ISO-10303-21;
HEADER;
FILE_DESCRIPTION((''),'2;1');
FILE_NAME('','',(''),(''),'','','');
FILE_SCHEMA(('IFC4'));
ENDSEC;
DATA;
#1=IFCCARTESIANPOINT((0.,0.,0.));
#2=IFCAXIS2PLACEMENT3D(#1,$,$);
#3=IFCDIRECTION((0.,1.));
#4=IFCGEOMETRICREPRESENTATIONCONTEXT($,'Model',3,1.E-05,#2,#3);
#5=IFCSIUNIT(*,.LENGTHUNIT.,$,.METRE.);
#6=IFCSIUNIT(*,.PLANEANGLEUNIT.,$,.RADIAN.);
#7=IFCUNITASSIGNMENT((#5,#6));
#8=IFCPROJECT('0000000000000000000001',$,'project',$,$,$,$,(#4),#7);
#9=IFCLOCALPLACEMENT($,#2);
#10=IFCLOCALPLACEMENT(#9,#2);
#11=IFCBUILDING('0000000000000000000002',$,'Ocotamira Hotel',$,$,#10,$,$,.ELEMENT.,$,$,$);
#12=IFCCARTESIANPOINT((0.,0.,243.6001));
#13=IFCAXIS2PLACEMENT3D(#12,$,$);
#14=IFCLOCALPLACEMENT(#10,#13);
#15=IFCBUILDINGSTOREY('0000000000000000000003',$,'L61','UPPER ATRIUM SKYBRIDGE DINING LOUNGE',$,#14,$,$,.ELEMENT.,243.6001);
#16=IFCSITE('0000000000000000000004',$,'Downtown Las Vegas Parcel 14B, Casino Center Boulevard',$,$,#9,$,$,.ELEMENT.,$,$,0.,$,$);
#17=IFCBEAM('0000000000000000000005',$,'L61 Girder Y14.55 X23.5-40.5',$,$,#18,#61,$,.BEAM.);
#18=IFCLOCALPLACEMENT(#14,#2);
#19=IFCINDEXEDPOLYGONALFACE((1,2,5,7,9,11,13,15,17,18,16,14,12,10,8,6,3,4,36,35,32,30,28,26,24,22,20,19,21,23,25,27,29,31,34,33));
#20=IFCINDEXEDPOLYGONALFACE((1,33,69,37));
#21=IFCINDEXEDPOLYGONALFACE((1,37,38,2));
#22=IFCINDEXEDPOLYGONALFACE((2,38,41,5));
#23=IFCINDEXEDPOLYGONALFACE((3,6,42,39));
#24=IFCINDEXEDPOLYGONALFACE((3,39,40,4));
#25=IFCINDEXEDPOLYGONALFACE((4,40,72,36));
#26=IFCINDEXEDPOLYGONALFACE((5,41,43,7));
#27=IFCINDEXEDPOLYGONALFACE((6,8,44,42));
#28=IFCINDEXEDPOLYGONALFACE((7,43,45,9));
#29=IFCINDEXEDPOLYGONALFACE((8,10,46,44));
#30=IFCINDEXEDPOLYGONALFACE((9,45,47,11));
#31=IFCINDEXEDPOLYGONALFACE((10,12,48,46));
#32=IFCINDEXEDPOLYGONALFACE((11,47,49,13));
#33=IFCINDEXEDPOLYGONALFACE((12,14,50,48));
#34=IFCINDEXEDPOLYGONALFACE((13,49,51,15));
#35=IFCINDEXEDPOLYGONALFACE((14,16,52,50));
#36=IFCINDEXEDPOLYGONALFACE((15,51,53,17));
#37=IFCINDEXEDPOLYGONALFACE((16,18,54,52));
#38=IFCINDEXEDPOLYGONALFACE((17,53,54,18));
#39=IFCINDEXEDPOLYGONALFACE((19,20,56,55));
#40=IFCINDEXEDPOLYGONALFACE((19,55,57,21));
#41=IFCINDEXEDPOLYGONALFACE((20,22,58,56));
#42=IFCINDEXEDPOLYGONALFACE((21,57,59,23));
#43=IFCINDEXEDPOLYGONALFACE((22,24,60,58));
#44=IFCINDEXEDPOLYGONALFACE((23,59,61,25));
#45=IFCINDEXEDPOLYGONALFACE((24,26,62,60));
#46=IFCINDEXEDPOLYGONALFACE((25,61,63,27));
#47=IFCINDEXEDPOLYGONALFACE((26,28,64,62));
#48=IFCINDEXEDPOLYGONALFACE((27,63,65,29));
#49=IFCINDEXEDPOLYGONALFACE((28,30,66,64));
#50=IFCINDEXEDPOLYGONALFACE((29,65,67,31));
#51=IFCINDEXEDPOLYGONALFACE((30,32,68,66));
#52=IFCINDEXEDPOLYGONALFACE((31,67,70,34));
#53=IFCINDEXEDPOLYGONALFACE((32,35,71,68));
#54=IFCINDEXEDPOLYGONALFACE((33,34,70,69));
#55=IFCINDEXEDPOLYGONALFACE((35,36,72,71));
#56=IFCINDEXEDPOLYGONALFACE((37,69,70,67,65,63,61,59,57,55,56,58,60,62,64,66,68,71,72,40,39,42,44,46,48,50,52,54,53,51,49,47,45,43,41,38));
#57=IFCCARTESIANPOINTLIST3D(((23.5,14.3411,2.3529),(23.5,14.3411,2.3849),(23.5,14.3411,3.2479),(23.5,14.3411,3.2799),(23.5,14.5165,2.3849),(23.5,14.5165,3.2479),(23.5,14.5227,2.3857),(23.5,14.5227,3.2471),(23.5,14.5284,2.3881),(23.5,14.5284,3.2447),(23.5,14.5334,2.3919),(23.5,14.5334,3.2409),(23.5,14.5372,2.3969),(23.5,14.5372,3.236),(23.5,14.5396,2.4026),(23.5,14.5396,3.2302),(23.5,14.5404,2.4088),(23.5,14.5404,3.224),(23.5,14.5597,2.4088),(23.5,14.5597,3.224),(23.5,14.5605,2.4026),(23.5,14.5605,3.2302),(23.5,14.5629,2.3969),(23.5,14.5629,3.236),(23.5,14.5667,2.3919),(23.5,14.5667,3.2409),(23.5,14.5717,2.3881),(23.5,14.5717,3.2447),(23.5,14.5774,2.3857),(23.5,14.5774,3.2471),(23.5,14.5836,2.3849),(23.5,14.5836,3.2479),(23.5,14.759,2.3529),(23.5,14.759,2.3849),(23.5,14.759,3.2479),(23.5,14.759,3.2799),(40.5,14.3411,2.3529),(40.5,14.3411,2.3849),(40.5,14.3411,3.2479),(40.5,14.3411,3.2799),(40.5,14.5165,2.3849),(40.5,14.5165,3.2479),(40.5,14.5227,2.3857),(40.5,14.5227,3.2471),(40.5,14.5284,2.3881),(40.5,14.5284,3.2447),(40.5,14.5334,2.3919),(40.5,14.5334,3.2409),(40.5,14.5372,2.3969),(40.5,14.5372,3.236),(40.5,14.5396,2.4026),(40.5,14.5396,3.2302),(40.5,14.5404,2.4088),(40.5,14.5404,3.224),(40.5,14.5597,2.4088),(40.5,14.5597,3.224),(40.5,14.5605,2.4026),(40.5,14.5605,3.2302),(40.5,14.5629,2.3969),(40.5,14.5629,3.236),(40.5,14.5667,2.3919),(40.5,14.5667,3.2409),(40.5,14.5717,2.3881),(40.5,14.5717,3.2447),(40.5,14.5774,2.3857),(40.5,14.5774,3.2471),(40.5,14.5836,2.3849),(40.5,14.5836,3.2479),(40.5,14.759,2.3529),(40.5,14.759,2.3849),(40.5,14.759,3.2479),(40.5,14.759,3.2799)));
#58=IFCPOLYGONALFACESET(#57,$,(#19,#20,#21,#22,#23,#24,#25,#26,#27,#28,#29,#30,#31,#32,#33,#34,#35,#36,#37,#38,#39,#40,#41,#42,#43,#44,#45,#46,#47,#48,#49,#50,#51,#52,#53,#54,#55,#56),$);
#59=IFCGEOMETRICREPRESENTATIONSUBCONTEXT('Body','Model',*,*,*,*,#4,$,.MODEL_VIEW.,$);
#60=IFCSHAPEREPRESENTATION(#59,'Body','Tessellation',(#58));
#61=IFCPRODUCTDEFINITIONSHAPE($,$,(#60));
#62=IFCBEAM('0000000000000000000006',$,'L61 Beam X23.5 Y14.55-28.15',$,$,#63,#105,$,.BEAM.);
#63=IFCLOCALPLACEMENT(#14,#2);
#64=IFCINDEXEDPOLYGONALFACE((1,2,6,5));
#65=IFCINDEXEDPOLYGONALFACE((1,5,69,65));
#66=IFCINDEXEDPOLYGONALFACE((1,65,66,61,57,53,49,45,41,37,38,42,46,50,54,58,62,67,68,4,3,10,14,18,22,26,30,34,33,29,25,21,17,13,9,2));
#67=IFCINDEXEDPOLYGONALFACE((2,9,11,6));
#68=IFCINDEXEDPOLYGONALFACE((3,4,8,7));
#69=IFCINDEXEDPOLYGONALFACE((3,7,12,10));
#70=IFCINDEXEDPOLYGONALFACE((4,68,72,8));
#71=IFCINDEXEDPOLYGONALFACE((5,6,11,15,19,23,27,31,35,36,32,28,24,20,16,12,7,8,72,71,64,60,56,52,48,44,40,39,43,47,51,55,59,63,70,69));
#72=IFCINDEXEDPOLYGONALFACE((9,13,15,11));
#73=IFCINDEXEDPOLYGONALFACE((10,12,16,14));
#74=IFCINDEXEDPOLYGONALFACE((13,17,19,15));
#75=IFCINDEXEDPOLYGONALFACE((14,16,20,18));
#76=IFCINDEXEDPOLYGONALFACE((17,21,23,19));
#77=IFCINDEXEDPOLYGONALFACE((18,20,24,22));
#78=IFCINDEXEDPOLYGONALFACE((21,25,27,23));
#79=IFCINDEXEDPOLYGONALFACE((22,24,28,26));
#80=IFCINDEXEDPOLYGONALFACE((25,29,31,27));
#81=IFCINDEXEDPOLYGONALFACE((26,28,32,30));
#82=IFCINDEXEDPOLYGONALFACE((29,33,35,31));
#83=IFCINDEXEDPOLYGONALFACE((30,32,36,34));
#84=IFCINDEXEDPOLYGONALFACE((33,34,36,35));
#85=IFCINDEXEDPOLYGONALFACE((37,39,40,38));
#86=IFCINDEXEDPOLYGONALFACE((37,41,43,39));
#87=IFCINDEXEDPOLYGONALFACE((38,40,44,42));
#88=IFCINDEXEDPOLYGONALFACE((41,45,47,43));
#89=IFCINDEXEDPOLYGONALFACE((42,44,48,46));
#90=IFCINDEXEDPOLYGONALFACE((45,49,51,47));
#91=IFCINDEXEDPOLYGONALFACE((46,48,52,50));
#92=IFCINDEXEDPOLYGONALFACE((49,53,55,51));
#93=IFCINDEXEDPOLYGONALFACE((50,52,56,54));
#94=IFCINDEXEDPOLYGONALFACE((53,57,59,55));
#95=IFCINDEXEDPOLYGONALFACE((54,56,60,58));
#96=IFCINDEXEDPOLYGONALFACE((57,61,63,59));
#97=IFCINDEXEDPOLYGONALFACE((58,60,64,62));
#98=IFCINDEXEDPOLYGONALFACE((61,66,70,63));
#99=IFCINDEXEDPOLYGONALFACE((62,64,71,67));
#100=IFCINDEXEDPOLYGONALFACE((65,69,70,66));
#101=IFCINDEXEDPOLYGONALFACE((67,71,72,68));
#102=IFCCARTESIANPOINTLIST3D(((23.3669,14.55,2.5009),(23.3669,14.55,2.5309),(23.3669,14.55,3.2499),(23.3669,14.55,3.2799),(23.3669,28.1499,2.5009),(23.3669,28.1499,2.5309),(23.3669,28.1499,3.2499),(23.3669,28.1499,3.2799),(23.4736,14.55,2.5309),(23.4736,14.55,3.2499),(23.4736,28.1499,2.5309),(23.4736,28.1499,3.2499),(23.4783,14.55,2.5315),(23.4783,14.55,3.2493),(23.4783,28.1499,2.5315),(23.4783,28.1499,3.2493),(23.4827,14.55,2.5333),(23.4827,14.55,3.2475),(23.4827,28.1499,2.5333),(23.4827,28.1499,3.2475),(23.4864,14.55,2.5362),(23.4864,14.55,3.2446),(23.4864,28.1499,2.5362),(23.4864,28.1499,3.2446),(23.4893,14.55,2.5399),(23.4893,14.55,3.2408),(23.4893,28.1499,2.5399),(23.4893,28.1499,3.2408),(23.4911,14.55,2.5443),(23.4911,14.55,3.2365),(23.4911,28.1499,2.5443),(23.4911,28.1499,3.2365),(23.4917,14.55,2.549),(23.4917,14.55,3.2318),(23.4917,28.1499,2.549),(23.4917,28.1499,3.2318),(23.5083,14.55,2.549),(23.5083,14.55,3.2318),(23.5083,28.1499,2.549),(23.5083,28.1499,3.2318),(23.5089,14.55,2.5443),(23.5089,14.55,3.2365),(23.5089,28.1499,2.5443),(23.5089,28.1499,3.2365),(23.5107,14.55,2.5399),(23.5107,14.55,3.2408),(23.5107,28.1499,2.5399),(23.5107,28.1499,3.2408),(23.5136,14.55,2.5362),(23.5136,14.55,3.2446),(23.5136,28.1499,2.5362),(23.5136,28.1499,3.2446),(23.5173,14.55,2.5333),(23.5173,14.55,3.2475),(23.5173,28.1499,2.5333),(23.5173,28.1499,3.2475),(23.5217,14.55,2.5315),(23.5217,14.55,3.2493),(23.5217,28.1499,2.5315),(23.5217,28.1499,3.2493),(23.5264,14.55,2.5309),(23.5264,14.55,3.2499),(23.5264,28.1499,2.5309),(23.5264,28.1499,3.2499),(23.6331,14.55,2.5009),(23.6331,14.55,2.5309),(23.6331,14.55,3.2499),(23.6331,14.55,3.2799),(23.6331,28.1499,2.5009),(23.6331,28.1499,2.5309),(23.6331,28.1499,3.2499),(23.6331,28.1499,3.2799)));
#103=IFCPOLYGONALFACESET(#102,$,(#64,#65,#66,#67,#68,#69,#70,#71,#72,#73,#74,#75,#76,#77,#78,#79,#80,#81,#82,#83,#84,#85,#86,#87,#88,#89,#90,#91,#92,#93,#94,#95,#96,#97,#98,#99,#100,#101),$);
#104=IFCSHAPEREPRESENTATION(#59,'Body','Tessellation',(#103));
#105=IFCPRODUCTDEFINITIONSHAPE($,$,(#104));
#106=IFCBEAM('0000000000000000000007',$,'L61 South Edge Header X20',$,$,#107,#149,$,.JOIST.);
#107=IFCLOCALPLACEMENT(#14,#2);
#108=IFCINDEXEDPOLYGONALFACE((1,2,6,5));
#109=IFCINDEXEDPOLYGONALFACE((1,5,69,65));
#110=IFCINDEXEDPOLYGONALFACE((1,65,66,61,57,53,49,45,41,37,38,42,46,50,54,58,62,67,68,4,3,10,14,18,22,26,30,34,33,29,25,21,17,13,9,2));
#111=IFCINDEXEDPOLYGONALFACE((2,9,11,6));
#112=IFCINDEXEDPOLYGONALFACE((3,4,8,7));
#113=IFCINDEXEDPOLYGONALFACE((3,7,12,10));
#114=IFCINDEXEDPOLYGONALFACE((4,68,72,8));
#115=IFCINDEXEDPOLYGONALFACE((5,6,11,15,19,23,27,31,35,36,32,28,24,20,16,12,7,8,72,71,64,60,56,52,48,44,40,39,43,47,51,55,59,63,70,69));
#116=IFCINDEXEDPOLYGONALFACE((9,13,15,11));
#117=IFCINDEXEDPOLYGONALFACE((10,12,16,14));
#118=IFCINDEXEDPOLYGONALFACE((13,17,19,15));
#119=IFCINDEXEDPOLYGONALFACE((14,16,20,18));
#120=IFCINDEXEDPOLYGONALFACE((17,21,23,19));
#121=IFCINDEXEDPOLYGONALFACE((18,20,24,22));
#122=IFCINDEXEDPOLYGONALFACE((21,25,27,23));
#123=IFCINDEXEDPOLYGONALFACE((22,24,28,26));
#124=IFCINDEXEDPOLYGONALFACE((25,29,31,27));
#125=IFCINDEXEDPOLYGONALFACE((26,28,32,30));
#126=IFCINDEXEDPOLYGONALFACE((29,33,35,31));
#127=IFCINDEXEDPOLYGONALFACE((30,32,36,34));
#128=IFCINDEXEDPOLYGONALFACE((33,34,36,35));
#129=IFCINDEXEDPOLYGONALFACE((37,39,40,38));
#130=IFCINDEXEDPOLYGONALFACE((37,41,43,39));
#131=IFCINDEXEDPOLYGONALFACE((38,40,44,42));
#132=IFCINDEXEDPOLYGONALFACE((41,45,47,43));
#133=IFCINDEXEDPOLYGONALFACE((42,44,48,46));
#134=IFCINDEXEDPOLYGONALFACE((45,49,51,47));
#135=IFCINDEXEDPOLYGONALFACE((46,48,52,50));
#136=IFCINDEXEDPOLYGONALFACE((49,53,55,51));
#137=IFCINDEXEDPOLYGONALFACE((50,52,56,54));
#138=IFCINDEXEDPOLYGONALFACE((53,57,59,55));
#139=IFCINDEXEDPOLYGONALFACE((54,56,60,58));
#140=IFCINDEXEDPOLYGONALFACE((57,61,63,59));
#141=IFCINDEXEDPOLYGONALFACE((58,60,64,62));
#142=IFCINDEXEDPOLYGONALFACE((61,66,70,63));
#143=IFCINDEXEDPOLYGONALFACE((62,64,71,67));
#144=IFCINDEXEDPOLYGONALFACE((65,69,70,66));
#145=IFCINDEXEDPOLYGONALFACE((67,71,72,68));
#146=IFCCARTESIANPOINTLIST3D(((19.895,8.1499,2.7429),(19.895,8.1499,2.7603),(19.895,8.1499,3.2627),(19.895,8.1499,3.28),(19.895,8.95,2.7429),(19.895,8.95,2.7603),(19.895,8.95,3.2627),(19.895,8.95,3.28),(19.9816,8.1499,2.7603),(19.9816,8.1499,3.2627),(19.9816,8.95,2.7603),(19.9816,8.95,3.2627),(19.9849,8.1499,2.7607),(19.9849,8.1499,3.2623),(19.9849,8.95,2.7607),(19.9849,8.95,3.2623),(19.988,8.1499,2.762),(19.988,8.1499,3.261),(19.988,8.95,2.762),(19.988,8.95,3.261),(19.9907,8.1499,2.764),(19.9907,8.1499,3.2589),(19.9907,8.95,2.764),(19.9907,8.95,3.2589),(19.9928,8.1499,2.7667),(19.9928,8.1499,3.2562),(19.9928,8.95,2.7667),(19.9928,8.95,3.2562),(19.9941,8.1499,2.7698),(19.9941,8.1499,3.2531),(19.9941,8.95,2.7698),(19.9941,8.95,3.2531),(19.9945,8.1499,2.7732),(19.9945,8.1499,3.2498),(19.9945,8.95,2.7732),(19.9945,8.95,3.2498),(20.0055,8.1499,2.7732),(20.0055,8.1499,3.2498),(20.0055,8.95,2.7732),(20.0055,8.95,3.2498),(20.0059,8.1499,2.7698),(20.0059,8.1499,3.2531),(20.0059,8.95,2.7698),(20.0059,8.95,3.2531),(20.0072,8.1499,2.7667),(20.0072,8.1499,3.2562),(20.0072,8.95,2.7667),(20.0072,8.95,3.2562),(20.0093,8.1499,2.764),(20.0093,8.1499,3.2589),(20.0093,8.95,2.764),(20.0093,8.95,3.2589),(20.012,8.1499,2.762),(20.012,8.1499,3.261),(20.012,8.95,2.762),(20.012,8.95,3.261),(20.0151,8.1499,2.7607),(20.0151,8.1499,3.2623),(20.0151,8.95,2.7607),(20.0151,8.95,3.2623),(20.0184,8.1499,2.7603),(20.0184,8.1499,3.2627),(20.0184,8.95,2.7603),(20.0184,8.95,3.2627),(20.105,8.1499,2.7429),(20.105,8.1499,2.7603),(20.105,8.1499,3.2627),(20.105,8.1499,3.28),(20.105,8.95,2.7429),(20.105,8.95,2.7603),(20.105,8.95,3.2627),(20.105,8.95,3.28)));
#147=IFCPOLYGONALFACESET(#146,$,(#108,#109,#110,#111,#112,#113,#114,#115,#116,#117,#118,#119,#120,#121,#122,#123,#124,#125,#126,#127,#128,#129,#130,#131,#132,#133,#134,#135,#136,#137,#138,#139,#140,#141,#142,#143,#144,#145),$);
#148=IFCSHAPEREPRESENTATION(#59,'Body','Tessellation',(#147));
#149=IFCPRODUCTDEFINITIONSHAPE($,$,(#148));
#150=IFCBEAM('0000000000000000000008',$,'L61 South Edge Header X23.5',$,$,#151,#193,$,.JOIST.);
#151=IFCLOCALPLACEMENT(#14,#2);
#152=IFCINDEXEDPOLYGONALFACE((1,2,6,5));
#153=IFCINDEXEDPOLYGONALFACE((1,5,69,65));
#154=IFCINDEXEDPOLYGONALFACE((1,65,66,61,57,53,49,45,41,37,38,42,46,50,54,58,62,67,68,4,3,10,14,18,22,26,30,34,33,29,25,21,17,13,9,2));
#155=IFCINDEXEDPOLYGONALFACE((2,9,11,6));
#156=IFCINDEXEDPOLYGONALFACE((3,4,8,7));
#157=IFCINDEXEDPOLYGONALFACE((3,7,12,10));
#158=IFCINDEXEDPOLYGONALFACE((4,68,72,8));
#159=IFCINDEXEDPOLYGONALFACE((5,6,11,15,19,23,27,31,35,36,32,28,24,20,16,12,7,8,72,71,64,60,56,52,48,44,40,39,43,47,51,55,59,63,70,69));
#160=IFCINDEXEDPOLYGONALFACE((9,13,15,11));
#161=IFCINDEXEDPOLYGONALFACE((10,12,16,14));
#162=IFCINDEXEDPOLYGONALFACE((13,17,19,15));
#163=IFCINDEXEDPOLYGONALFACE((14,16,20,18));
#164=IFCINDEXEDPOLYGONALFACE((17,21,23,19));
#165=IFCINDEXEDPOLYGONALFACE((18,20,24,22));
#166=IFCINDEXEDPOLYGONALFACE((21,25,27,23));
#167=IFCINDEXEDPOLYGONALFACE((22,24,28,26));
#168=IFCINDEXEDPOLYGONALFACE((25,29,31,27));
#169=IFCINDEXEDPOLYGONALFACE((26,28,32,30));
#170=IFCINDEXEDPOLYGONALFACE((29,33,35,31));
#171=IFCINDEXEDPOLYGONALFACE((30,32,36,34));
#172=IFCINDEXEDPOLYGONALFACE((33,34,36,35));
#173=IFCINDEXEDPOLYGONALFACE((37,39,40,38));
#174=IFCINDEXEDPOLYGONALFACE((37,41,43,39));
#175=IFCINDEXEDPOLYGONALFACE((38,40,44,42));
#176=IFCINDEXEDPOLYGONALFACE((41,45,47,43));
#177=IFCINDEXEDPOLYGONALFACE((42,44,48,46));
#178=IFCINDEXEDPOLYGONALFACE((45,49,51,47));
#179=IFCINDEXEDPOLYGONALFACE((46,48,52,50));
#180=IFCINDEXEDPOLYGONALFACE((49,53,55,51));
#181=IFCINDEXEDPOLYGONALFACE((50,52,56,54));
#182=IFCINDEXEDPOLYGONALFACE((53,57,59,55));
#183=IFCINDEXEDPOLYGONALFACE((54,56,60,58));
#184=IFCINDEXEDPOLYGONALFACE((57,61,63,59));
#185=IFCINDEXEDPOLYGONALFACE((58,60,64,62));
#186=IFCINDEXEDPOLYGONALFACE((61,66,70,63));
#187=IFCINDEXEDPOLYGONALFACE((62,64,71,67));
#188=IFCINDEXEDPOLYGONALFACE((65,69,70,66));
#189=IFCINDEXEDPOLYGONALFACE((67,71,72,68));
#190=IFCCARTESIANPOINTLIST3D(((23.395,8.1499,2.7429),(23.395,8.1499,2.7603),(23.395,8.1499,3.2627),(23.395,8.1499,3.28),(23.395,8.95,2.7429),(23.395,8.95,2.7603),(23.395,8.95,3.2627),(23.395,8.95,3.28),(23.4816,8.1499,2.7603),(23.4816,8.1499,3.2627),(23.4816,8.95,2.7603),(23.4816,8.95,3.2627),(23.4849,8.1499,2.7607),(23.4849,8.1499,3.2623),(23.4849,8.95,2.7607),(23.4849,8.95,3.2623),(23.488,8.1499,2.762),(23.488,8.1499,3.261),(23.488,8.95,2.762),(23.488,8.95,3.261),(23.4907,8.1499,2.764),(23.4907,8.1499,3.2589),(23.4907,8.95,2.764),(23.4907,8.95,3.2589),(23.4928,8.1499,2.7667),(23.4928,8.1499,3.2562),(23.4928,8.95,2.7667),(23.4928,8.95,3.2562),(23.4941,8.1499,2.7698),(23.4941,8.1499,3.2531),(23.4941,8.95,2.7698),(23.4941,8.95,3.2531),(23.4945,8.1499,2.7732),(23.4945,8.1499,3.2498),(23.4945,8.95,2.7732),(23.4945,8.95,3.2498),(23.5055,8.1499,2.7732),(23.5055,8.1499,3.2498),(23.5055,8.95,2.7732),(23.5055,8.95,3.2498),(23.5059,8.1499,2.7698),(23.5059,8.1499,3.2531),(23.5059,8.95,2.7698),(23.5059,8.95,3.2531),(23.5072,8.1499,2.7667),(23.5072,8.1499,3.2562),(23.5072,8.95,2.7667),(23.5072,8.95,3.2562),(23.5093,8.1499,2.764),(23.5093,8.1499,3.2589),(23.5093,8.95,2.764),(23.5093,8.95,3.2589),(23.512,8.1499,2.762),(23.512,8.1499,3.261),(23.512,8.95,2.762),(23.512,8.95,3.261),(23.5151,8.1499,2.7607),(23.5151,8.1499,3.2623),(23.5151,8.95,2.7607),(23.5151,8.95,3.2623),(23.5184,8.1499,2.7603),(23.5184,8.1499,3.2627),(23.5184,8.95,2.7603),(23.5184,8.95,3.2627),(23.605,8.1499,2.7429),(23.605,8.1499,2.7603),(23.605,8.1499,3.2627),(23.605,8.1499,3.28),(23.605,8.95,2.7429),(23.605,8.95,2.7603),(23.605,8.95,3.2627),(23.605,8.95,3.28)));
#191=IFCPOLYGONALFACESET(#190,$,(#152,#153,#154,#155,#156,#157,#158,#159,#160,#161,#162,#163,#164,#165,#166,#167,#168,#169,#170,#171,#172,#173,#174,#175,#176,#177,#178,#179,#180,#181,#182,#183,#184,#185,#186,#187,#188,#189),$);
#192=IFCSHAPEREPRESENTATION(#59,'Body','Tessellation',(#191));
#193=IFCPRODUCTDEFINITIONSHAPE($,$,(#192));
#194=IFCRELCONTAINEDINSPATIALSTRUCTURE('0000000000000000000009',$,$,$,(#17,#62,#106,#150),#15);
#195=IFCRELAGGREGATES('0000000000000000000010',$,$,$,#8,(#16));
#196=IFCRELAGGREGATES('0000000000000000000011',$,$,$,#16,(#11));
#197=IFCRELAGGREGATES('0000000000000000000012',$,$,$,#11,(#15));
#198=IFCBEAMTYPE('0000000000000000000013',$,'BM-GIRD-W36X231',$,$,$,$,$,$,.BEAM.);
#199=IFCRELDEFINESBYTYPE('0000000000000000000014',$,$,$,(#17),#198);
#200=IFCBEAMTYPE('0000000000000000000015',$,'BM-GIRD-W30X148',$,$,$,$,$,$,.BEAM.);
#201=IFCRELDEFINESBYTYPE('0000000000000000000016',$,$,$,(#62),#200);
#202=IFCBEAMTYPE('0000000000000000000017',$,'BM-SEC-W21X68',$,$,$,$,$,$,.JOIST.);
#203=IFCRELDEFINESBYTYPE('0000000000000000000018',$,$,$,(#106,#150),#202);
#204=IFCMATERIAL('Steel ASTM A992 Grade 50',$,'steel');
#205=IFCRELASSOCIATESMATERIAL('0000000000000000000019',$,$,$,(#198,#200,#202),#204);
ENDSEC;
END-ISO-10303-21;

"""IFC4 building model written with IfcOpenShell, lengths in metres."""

from ifc_helpers import new_model, si_unit, direction, frame, origin, origin_2d, place, context, subcontext, project, spatial, i_section, extrude, source, transform, mapped, material, material_profile, profile_set, type_object, element, save


model = new_model("IFC4")

# Units and contexts
model_context = context("Model", 3, precision=1e-05, world=origin(), true_north=direction((0.0, 1.0)))
body_context = subcontext(model_context, "Body", "Model", "MODEL_VIEW")
ifc_project = project(units=[si_unit("LENGTHUNIT", "METRE"), si_unit("PLANEANGLEUNIT", "RADIAN")], contexts=[model_context])

# Site, building, storey
site_placement = place(None, origin())
site = spatial("IfcSite", under=ifc_project, at=site_placement, Name="Downtown Las Vegas Parcel 14B, Casino Center Boulevard", CompositionType="ELEMENT", RefElevation=0.0)
building_placement = place(site_placement, origin())
building = spatial("IfcBuilding", under=site, at=building_placement, Name="Ocotamira Hotel", CompositionType="ELEMENT")
storey_placement = place(building_placement, frame((0.0, 0.0, 243.6001)))
storey = spatial("IfcBuildingStorey", under=building, at=storey_placement, Name="L61", Description="UPPER ATRIUM SKYBRIDGE DINING LOUNGE", CompositionType="ELEMENT", Elevation=243.6001)

# Shared definitions
ifc_material_1 = material(Name="Steel ASTM A992 Grade 50", Category="steel")

# Beams
ifc_material_profile_1 = material_profile(ifc_material_1, i_section(OverallWidth=0.418, OverallDepth=0.927, WebThickness=0.0193, FlangeThickness=0.032, FilletRadius=0.0239, at=origin_2d()), Name="W36X231")
ifc_profile_set_1 = profile_set([ifc_material_profile_1], Name="Steel ASTM A992 Grade 50")
beam_type_1 = type_object("IfcBeamType", Name="BM-GIRD-W36X231", PredefinedType="BEAM", material=ifc_profile_set_1)
shared_shape_1 = source(origin(), body_context, "Body", "SweptSolid", [
    extrude(i_section(OverallWidth=0.418, OverallDepth=0.927, WebThickness=0.0193, FlangeThickness=0.032, FilletRadius=0.0239, at=origin_2d()), origin(), (0.0, 0.0, 1.0), 17.0),
])
for number, where, z_axis, x_axis, name in (
    (1, (23.5, 14.55, 2.8164), (1.0, 0.0, 0.0), (0.0, 1.0, 0.0), "L61 Girder Y14.55 X23.5-40.5"),
):
    element("IfcBeam", number, at=place(storey_placement, frame(where, z_axis=z_axis, x_axis=x_axis)), inside=storey, type_object=beam_type_1, Name=name, PredefinedType="BEAM", context=body_context, shape_type="MappedRepresentation", body=[
        mapped(shared_shape_1, transform((0.0, 0.0, 0.0), scale=1.0)),
    ])
ifc_material_profile_2 = material_profile(ifc_material_1, i_section(OverallWidth=0.2661, OverallDepth=0.7791, WebThickness=0.0166, FlangeThickness=0.03, FilletRadius=0.0181, at=origin_2d()), Name="W30X148")
ifc_profile_set_2 = profile_set([ifc_material_profile_2], Name="Steel ASTM A992 Grade 50")
beam_type_2 = type_object("IfcBeamType", Name="BM-GIRD-W30X148", PredefinedType="BEAM", material=ifc_profile_set_2)
shared_shape_2 = source(origin(), body_context, "Body", "SweptSolid", [
    extrude(i_section(OverallWidth=0.2661, OverallDepth=0.7791, WebThickness=0.0166, FlangeThickness=0.03, FilletRadius=0.0181, at=origin_2d()), origin(), (0.0, 0.0, 1.0), 13.5999),
])
beam_1_placement = place(storey_placement, frame((23.5, 14.55, 2.8904), z_axis=(0.0, 1.0, 0.0), x_axis=(-1.0, 0.0, 0.0)))
element("IfcBeam", 2, at=beam_1_placement, inside=storey, type_object=beam_type_2, Name="L61 Beam X23.5 Y14.55-28.15", PredefinedType="BEAM", context=body_context, shape_type="MappedRepresentation", body=[
    mapped(shared_shape_2, transform((0.0, 0.0, 0.0), scale=1.0)),
])
ifc_material_profile_3 = material_profile(ifc_material_1, i_section(OverallWidth=0.21, OverallDepth=0.5371, WebThickness=0.011, FlangeThickness=0.0173, FilletRadius=0.0129, at=origin_2d()), Name="W21X68")
ifc_profile_set_3 = profile_set([ifc_material_profile_3], Name="Steel ASTM A992 Grade 50")
beam_type_3 = type_object("IfcBeamType", Name="BM-SEC-W21X68", PredefinedType="JOIST", material=ifc_profile_set_3)
shared_shape_3 = source(origin(), body_context, "Body", "SweptSolid", [
    extrude(i_section(OverallWidth=0.21, OverallDepth=0.5371, WebThickness=0.011, FlangeThickness=0.0173, FilletRadius=0.0129, at=origin_2d()), origin(), (0.0, 0.0, 1.0), 0.8),
])
for number, where, z_axis, x_axis, name in (
    (3, (20.0, 8.95, 3.0115), (0.0, -1.0, 0.0), (1.0, 0.0, 0.0), "L61 South Edge Header X20"),
    (4, (23.5, 8.95, 3.0115), (0.0, -1.0, 0.0), (1.0, 0.0, 0.0), "L61 South Edge Header X23.5"),
):
    element("IfcBeam", number, at=place(storey_placement, frame(where, z_axis=z_axis, x_axis=x_axis)), inside=storey, type_object=beam_type_3, Name=name, PredefinedType="JOIST", context=body_context, shape_type="MappedRepresentation", body=[
        mapped(shared_shape_3, transform((0.0, 0.0, 0.0), scale=1.0)),
    ])

save(model, "model.ifc")
